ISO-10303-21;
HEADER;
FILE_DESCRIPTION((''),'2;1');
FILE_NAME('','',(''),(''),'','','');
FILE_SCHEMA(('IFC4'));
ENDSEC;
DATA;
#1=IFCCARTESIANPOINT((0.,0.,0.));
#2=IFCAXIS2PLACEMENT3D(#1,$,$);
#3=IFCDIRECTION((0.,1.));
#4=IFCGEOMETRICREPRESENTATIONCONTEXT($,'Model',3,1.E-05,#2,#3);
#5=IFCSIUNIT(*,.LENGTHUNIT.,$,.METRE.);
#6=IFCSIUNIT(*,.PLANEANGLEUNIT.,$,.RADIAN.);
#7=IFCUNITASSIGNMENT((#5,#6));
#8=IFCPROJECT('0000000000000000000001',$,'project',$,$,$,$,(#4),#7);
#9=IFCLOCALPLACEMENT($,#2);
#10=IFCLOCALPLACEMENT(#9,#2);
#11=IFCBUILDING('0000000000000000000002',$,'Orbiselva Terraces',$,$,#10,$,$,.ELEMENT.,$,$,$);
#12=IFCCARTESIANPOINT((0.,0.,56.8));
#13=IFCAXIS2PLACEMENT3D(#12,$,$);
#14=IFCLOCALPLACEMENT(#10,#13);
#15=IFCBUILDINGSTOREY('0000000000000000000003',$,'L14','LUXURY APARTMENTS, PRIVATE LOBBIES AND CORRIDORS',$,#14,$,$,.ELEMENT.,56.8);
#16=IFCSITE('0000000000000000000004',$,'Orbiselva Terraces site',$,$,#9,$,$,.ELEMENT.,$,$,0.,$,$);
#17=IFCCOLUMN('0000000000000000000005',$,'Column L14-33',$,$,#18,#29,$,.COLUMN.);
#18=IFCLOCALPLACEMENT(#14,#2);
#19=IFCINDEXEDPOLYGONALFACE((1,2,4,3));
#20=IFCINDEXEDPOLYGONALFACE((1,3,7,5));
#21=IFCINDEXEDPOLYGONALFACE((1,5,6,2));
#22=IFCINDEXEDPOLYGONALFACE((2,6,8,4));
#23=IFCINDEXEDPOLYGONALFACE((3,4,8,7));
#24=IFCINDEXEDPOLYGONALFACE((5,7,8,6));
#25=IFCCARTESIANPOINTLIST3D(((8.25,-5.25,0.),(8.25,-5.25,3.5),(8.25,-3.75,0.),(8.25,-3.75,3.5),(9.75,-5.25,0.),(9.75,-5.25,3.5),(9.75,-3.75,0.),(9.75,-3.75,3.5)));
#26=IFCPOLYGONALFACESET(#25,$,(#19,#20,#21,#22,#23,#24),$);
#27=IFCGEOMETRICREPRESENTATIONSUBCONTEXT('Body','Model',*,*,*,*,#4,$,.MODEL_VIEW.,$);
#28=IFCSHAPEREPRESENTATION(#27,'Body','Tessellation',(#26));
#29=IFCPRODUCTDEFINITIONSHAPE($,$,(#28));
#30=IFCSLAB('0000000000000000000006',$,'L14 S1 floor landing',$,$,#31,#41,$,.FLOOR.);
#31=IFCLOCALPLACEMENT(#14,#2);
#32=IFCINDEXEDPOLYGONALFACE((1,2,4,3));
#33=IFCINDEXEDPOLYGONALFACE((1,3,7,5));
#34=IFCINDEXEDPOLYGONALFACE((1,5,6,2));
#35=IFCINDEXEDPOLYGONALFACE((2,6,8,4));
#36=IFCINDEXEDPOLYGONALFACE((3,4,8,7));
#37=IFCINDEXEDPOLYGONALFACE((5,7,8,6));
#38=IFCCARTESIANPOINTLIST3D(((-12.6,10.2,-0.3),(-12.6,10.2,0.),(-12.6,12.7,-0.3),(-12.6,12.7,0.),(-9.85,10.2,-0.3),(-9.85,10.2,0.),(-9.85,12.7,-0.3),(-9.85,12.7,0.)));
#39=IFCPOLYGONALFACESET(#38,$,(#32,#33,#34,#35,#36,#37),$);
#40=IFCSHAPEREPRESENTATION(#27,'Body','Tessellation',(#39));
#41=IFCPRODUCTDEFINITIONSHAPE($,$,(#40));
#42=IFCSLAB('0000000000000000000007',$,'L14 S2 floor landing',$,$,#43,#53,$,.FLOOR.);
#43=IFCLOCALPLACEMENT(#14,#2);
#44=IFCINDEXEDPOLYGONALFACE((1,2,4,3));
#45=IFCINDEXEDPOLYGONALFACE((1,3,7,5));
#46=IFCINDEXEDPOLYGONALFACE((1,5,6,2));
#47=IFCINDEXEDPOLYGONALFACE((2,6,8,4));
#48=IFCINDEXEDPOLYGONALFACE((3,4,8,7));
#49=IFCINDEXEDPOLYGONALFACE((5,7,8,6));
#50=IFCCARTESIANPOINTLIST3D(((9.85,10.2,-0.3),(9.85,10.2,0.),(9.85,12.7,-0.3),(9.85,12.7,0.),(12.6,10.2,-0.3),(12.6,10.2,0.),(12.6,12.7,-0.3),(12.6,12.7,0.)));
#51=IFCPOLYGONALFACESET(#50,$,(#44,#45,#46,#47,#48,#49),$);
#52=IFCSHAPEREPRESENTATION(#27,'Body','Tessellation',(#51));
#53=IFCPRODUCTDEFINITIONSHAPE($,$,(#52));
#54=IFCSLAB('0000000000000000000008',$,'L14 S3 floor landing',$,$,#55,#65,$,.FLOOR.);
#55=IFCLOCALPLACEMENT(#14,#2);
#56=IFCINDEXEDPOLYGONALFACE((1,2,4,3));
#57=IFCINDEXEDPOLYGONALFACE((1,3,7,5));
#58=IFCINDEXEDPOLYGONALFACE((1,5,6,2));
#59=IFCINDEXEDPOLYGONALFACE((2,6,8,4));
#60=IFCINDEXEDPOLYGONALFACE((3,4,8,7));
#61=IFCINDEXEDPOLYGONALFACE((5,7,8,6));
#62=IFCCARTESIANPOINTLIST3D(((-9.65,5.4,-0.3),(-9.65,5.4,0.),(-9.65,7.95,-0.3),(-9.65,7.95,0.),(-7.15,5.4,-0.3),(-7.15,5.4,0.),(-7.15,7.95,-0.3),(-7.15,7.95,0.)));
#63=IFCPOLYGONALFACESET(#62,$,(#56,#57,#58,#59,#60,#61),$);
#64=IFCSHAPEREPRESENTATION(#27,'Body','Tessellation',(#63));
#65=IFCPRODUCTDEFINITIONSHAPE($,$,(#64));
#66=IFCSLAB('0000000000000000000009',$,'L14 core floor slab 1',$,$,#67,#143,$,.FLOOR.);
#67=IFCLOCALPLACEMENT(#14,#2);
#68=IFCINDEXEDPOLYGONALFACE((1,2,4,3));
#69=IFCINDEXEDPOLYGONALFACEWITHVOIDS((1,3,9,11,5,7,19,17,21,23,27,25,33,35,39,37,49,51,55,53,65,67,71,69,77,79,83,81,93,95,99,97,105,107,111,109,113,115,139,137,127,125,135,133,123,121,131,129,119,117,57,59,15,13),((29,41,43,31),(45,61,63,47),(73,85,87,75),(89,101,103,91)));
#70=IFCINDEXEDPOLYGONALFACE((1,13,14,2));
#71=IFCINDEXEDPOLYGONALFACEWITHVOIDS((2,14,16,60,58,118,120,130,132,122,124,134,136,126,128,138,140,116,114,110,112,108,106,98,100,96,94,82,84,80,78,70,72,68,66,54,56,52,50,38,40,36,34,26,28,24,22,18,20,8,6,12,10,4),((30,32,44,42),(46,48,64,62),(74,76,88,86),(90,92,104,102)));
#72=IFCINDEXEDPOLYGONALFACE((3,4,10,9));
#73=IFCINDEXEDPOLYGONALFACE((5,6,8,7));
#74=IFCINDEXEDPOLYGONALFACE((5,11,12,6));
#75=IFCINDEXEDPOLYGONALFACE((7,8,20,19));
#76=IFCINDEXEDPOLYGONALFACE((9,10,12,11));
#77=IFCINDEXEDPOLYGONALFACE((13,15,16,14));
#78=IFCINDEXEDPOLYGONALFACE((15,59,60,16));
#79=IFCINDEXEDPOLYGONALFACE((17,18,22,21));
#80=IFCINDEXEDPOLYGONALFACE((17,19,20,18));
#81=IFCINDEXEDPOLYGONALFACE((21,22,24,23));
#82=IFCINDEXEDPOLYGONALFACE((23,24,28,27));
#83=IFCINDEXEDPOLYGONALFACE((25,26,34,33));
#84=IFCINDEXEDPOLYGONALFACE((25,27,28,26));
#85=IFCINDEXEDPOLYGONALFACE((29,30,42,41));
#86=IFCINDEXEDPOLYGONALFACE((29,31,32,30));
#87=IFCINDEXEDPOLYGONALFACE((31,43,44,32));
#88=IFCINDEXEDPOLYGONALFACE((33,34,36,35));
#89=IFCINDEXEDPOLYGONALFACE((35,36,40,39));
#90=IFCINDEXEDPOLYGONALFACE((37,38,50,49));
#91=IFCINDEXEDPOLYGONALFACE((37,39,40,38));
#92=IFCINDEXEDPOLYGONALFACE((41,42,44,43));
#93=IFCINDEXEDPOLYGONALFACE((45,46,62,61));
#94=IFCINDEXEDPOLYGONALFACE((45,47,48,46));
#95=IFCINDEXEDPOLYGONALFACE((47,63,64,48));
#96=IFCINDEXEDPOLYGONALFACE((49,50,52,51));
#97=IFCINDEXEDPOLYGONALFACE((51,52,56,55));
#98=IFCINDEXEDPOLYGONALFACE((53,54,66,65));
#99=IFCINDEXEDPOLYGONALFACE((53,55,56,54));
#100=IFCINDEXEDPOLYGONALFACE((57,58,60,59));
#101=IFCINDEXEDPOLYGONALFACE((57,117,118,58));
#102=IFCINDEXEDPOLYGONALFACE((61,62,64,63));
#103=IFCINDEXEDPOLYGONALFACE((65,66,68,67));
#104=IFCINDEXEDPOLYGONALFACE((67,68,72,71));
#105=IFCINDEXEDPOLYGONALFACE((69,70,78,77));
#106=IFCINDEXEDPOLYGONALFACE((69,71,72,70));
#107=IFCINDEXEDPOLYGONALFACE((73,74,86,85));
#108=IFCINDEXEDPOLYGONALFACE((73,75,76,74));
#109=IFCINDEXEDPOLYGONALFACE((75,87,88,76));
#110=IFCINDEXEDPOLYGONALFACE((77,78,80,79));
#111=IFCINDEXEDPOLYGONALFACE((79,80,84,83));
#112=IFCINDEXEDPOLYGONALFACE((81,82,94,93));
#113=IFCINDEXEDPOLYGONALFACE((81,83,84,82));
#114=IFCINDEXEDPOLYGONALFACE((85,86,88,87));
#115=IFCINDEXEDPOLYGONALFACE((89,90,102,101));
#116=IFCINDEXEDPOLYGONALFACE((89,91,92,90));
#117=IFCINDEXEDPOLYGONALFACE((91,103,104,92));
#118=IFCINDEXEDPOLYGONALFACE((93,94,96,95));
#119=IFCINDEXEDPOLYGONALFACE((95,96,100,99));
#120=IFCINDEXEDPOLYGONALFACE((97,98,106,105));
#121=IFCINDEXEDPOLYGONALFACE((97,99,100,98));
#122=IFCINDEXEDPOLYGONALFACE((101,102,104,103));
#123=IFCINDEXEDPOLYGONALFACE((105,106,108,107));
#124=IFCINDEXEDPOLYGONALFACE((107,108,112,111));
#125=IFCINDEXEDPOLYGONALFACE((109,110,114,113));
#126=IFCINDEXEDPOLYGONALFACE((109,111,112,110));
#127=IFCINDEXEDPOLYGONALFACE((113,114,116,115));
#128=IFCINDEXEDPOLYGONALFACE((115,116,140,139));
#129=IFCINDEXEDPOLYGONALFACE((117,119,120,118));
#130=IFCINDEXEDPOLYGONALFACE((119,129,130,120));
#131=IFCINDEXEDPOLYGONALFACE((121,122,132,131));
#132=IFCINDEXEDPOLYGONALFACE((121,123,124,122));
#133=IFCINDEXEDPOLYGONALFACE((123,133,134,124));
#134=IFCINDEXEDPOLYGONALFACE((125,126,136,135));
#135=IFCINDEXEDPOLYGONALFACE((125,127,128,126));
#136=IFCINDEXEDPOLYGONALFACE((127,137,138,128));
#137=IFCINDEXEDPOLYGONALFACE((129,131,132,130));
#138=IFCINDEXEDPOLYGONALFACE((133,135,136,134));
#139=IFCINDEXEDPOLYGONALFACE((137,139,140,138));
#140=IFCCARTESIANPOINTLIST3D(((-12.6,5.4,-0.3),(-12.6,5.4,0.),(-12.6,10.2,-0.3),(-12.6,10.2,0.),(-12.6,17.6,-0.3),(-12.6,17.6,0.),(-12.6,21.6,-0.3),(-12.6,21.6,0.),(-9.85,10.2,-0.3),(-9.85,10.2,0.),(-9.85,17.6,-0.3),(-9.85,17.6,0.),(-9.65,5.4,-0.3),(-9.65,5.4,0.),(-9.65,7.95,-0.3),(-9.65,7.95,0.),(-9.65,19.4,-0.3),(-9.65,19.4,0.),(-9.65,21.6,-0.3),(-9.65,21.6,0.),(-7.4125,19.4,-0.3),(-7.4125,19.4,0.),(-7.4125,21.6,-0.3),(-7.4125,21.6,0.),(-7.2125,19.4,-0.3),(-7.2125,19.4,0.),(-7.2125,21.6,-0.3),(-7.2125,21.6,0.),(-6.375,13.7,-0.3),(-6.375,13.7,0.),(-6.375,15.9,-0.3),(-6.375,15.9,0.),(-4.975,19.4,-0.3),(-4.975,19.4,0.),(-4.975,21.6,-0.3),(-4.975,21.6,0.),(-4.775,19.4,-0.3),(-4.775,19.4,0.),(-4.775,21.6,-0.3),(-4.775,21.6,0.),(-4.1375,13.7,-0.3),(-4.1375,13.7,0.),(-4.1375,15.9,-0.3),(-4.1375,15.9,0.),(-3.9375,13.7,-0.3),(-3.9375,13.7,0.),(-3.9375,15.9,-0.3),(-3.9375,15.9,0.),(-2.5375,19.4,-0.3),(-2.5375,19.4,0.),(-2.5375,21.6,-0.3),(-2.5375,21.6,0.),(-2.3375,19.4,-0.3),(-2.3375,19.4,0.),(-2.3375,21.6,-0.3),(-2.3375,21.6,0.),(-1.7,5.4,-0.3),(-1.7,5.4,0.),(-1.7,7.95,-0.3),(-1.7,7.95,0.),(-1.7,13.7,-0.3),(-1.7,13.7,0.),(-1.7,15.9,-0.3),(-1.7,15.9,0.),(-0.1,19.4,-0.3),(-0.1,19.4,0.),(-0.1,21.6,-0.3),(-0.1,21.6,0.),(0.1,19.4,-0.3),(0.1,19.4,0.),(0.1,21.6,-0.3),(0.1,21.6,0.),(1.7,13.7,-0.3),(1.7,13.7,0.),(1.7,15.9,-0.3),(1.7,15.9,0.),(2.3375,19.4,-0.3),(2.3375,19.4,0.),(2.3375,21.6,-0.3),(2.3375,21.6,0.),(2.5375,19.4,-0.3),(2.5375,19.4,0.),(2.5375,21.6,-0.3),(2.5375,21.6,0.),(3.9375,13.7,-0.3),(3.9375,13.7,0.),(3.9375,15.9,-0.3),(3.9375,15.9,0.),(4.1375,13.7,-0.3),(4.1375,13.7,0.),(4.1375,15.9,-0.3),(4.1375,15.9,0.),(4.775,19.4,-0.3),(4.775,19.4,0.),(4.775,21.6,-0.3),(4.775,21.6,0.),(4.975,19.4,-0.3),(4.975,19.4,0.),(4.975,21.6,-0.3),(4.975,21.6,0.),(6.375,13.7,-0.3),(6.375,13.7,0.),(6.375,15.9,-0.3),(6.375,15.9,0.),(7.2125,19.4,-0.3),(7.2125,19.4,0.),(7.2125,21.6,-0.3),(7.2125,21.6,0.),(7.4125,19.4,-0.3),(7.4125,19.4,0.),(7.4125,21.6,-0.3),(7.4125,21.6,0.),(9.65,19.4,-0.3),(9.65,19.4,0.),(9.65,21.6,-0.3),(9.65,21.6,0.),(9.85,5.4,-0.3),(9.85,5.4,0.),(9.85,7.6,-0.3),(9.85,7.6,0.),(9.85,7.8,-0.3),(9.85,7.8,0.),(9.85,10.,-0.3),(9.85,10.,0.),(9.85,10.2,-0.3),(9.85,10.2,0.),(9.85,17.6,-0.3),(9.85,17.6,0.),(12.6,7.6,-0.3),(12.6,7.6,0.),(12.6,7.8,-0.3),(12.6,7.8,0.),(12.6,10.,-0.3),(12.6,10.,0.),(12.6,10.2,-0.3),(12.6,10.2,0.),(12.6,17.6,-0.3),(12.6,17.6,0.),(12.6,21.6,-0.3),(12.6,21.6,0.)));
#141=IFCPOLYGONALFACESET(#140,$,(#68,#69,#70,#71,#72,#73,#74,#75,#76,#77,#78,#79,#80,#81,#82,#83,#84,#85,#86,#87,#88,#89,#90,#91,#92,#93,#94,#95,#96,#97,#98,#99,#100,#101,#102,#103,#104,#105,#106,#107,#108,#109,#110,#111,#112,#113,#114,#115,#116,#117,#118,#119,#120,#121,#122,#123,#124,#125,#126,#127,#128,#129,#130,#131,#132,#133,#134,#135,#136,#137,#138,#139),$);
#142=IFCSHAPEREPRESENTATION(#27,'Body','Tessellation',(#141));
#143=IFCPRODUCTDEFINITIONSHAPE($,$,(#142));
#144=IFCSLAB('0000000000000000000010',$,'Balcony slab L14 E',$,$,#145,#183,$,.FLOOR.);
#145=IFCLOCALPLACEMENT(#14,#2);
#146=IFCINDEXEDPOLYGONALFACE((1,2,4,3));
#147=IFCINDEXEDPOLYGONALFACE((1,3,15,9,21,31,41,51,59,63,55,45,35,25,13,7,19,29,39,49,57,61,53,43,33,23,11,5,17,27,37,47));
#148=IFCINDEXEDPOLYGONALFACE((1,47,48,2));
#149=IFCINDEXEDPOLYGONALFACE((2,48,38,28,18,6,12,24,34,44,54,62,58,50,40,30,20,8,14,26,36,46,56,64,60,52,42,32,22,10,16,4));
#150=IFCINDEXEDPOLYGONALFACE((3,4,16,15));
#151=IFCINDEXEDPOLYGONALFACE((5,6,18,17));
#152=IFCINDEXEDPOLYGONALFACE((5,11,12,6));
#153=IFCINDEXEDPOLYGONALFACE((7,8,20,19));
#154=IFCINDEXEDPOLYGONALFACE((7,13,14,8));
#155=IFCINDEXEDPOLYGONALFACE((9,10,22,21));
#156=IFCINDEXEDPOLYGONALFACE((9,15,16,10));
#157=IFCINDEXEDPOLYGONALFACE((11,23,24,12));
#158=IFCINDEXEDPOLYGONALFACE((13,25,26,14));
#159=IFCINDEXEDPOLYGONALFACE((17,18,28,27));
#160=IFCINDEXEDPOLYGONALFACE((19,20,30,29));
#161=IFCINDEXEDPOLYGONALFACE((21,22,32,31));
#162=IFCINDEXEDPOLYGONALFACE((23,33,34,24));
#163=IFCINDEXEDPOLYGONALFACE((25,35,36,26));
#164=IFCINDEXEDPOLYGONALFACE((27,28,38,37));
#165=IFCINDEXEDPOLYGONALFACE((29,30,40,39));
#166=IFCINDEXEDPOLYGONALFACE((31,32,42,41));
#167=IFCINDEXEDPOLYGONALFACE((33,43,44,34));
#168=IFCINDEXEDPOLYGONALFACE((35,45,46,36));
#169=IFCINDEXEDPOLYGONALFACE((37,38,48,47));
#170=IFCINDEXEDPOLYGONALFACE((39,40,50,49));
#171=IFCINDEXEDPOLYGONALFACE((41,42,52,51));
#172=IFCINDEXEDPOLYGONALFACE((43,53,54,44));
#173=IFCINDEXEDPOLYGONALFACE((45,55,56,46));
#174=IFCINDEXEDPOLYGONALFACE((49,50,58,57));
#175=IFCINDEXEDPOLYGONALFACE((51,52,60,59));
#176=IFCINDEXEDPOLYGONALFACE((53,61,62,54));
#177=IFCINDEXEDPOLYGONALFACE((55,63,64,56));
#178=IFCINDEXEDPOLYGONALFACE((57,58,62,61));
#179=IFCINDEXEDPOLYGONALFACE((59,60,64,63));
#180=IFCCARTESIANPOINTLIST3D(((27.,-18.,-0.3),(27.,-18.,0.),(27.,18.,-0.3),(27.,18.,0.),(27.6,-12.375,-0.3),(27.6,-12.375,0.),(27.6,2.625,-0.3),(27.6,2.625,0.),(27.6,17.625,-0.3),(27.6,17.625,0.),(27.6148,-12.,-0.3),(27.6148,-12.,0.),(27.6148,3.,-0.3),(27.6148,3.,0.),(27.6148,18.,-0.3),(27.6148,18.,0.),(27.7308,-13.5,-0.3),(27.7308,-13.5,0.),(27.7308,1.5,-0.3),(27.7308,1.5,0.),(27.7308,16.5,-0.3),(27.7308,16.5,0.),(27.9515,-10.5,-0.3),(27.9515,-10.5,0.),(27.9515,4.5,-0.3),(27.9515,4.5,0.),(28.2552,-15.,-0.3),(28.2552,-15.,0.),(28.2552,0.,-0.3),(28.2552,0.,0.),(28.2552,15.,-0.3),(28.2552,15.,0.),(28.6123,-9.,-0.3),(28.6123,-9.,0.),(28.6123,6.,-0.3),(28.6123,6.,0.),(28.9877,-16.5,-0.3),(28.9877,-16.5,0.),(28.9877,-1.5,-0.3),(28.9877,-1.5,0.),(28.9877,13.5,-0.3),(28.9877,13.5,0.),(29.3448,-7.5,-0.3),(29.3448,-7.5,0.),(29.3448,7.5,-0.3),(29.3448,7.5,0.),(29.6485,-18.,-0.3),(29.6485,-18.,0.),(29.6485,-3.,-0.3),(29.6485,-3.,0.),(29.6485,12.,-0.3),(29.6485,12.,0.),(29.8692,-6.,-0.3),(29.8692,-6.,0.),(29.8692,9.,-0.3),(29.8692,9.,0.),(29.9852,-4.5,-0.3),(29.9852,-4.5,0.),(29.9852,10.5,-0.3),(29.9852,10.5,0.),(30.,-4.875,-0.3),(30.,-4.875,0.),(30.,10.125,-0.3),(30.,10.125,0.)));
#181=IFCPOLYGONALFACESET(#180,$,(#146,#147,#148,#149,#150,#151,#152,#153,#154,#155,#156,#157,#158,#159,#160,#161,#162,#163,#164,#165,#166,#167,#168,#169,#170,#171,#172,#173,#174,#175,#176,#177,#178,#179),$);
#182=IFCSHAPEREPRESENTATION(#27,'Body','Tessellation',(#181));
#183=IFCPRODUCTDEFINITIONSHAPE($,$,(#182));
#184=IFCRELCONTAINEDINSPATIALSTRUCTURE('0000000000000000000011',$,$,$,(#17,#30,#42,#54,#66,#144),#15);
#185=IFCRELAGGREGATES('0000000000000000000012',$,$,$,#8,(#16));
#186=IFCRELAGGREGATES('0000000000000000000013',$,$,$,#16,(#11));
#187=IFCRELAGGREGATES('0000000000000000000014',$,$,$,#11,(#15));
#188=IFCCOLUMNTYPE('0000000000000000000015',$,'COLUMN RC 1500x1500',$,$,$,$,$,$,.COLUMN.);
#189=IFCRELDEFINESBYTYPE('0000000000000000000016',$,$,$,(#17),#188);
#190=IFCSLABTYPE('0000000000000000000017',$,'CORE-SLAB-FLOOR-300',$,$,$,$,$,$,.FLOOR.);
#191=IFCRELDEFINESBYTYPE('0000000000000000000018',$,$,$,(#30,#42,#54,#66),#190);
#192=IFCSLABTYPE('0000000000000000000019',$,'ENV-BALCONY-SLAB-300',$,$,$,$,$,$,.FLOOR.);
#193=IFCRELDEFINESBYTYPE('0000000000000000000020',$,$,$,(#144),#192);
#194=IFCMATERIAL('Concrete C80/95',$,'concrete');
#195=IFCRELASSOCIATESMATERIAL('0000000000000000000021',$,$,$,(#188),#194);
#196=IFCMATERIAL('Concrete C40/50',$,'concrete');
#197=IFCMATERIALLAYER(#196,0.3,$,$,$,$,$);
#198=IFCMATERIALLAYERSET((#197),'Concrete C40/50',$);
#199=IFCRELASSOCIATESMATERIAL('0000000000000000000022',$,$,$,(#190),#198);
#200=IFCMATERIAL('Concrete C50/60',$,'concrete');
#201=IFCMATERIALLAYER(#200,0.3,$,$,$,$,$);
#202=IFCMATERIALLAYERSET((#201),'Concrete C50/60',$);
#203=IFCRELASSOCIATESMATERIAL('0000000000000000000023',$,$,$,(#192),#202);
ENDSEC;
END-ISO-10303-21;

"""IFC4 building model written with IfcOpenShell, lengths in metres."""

from ifc_helpers import new_model, si_unit, direction, frame, origin, origin_2d, place, context, subcontext, project, spatial, polyline, rectangle, outline, extrude, material, layer, layer_set, material_profile, profile_set, type_object, element, save


model = new_model("IFC4")

# Units and contexts
model_context = context("Model", 3, precision=1e-05, world=origin(), true_north=direction((0.0, 1.0)))
body_context = subcontext(model_context, "Body", "Model", "MODEL_VIEW")
ifc_project = project(units=[si_unit("LENGTHUNIT", "METRE"), si_unit("PLANEANGLEUNIT", "RADIAN")], contexts=[model_context])

# Site, building, storey
site_placement = place(None, origin())
site = spatial("IfcSite", under=ifc_project, at=site_placement, Name="Orbiselva Terraces site", CompositionType="ELEMENT", RefElevation=0.0)
building_placement = place(site_placement, origin())
building = spatial("IfcBuilding", under=site, at=building_placement, Name="Orbiselva Terraces", CompositionType="ELEMENT")
storey_placement = place(building_placement, frame((0.0, 0.0, 56.8)))
storey = spatial("IfcBuildingStorey", under=building, at=storey_placement, Name="L14", Description="LUXURY APARTMENTS, PRIVATE LOBBIES AND CORRIDORS", CompositionType="ELEMENT", Elevation=56.8)

# Column
ifc_material_1 = material(Name="Concrete C80/95", Category="concrete")
ifc_material_profile = material_profile(ifc_material_1, rectangle(XDim=1.5, YDim=1.5, at=origin_2d()), Name="RC 1500x1500")
ifc_profile_set = profile_set([ifc_material_profile], Name="Concrete C80/95")
column_type = type_object("IfcColumnType", Name="COLUMN RC 1500x1500", PredefinedType="COLUMN", material=ifc_profile_set)
column_placement = place(storey_placement, frame((9.0, -4.5, 0.0), z_axis=(0.0, 0.0, 1.0), x_axis=(1.0, 0.0, 0.0)))
element("IfcColumn", 1, at=column_placement, inside=storey, type_object=column_type, Name="Column L14-33", PredefinedType="COLUMN", context=body_context, shape_type="SweptSolid", body=[
    extrude(rectangle(XDim=1.5, YDim=1.5, at=origin_2d()), origin(), (0.0, 0.0, 1.0), 3.5),
])

# Slabs
ifc_material_2 = material(Name="Concrete C40/50", Category="concrete")
ifc_layer_1 = layer(ifc_material_2, 0.3)
ifc_layer_set_1 = layer_set([ifc_layer_1], Name="Concrete C40/50")
slab_type_1 = type_object("IfcSlabType", Name="CORE-SLAB-FLOOR-300", PredefinedType="FLOOR", material=ifc_layer_set_1)
slab_1_placement = place(storey_placement, frame((0.0, 0.0, -0.3)))
element("IfcSlab", 2, at=slab_1_placement, inside=storey, type_object=slab_type_1, Name="L14 S1 floor landing", PredefinedType="FLOOR", context=body_context, shape_type="SweptSolid", body=[
    extrude(outline(polyline([(-12.6, 12.7), (-9.85, 12.7), (-9.85, 10.2), (-12.6, 10.2), (-12.6, 12.7)])), origin(), (0.0, 0.0, 1.0), 0.3),
])
slab_2_placement = place(storey_placement, frame((0.0, 0.0, -0.3)))
element("IfcSlab", 3, at=slab_2_placement, inside=storey, type_object=slab_type_1, Name="L14 S2 floor landing", PredefinedType="FLOOR", context=body_context, shape_type="SweptSolid", body=[
    extrude(outline(polyline([(12.6, 12.7), (12.6, 10.2), (9.85, 10.2), (9.85, 12.7), (12.6, 12.7)])), origin(), (0.0, 0.0, 1.0), 0.3),
])
slab_3_placement = place(storey_placement, frame((0.0, 0.0, -0.3)))
element("IfcSlab", 4, at=slab_3_placement, inside=storey, type_object=slab_type_1, Name="L14 S3 floor landing", PredefinedType="FLOOR", context=body_context, shape_type="SweptSolid", body=[
    extrude(outline(polyline([(-7.15, 5.4), (-9.65, 5.4), (-9.65, 7.95), (-7.15, 7.95), (-7.15, 5.4)])), origin(), (0.0, 0.0, 1.0), 0.3),
])
slab_4_placement = place(storey_placement, frame((0.0, 0.0, -0.3)))
element("IfcSlab", 5, at=slab_4_placement, inside=storey, type_object=slab_type_1, Name="L14 core floor slab 1", PredefinedType="FLOOR", context=body_context, shape_type="SweptSolid", body=[
    extrude(outline(polyline([(-1.7, 5.4), (-1.7, 7.95), (-9.65, 7.95), (-9.65, 5.4), (-12.6, 5.4), (-12.6, 10.2), (-9.85, 10.2), (-9.85, 17.6), (-12.6, 17.6), (-12.6, 21.6), (-9.65, 21.6), (-9.65, 19.4), (-7.4125, 19.4), (-7.4125, 21.6), (-7.2125, 21.6), (-7.2125, 19.4), (-4.975, 19.4), (-4.975, 21.6), (-4.775, 21.6), (-4.775, 19.4), (-2.5375, 19.4), (-2.5375, 21.6), (-2.3375, 21.6), (-2.3375, 19.4), (-0.1, 19.4), (-0.1, 21.6), (0.1, 21.6), (0.1, 19.4), (2.3375, 19.4), (2.3375, 21.6), (2.5375, 21.6), (2.5375, 19.4), (4.775, 19.4), (4.775, 21.6), (4.975, 21.6), (4.975, 19.4), (7.2125, 19.4), (7.2125, 21.6), (7.4125, 21.6), (7.4125, 19.4), (9.65, 19.4), (9.65, 21.6), (12.6, 21.6), (12.6, 17.6), (9.85, 17.6), (9.85, 10.2), (12.6, 10.2), (12.6, 10.0), (9.85, 10.0), (9.85, 7.8), (12.6, 7.8), (12.6, 7.6), (9.85, 7.6), (9.85, 5.4), (-1.7, 5.4)]), holes=[polyline([(-4.1375, 13.7), (-4.1375, 15.9), (-6.375, 15.9), (-6.375, 13.7), (-4.1375, 13.7)]), polyline([(-1.7, 13.7), (-1.7, 15.9), (-3.9375, 15.9), (-3.9375, 13.7), (-1.7, 13.7)]), polyline([(3.9375, 13.7), (3.9375, 15.9), (1.7, 15.9), (1.7, 13.7), (3.9375, 13.7)]), polyline([(6.375, 13.7), (6.375, 15.9), (4.1375, 15.9), (4.1375, 13.7), (6.375, 13.7)])]), origin(), (0.0, 0.0, 1.0), 0.3),
])
ifc_material_3 = material(Name="Concrete C50/60", Category="concrete")
ifc_layer_2 = layer(ifc_material_3, 0.3)
ifc_layer_set_2 = layer_set([ifc_layer_2], Name="Concrete C50/60")
slab_type_2 = type_object("IfcSlabType", Name="ENV-BALCONY-SLAB-300", PredefinedType="FLOOR", material=ifc_layer_set_2)
slab_5_placement = place(storey_placement, frame((0.0, 0.0, -0.3)))
element("IfcSlab", 6, at=slab_5_placement, inside=storey, type_object=slab_type_2, Name="Balcony slab L14 E", PredefinedType="FLOOR", context=body_context, shape_type="SweptSolid", body=[
    extrude(outline(polyline([(29.6485, -18.0), (28.9877, -16.5), (28.2552, -15.0), (27.7308, -13.5), (27.6, -12.375), (27.6148, -12.0), (27.9515, -10.5), (28.6123, -9.0), (29.3448, -7.5), (29.8692, -6.0), (30.0, -4.875), (29.9852, -4.5), (29.6485, -3.0), (28.9877, -1.5), (28.2552, 0.0), (27.7308, 1.5), (27.6, 2.625), (27.6148, 3.0), (27.9515, 4.5), (28.6123, 6.0), (29.3448, 7.5), (29.8692, 9.0), (30.0, 10.125), (29.9852, 10.5), (29.6485, 12.0), (28.9877, 13.5), (28.2552, 15.0), (27.7308, 16.5), (27.6, 17.625), (27.6148, 18.0), (27.0, 18.0), (27.0, -18.0), (29.6485, -18.0)])), origin(), (0.0, 0.0, 1.0), 0.3),
])

save(model, "model.ifc")
